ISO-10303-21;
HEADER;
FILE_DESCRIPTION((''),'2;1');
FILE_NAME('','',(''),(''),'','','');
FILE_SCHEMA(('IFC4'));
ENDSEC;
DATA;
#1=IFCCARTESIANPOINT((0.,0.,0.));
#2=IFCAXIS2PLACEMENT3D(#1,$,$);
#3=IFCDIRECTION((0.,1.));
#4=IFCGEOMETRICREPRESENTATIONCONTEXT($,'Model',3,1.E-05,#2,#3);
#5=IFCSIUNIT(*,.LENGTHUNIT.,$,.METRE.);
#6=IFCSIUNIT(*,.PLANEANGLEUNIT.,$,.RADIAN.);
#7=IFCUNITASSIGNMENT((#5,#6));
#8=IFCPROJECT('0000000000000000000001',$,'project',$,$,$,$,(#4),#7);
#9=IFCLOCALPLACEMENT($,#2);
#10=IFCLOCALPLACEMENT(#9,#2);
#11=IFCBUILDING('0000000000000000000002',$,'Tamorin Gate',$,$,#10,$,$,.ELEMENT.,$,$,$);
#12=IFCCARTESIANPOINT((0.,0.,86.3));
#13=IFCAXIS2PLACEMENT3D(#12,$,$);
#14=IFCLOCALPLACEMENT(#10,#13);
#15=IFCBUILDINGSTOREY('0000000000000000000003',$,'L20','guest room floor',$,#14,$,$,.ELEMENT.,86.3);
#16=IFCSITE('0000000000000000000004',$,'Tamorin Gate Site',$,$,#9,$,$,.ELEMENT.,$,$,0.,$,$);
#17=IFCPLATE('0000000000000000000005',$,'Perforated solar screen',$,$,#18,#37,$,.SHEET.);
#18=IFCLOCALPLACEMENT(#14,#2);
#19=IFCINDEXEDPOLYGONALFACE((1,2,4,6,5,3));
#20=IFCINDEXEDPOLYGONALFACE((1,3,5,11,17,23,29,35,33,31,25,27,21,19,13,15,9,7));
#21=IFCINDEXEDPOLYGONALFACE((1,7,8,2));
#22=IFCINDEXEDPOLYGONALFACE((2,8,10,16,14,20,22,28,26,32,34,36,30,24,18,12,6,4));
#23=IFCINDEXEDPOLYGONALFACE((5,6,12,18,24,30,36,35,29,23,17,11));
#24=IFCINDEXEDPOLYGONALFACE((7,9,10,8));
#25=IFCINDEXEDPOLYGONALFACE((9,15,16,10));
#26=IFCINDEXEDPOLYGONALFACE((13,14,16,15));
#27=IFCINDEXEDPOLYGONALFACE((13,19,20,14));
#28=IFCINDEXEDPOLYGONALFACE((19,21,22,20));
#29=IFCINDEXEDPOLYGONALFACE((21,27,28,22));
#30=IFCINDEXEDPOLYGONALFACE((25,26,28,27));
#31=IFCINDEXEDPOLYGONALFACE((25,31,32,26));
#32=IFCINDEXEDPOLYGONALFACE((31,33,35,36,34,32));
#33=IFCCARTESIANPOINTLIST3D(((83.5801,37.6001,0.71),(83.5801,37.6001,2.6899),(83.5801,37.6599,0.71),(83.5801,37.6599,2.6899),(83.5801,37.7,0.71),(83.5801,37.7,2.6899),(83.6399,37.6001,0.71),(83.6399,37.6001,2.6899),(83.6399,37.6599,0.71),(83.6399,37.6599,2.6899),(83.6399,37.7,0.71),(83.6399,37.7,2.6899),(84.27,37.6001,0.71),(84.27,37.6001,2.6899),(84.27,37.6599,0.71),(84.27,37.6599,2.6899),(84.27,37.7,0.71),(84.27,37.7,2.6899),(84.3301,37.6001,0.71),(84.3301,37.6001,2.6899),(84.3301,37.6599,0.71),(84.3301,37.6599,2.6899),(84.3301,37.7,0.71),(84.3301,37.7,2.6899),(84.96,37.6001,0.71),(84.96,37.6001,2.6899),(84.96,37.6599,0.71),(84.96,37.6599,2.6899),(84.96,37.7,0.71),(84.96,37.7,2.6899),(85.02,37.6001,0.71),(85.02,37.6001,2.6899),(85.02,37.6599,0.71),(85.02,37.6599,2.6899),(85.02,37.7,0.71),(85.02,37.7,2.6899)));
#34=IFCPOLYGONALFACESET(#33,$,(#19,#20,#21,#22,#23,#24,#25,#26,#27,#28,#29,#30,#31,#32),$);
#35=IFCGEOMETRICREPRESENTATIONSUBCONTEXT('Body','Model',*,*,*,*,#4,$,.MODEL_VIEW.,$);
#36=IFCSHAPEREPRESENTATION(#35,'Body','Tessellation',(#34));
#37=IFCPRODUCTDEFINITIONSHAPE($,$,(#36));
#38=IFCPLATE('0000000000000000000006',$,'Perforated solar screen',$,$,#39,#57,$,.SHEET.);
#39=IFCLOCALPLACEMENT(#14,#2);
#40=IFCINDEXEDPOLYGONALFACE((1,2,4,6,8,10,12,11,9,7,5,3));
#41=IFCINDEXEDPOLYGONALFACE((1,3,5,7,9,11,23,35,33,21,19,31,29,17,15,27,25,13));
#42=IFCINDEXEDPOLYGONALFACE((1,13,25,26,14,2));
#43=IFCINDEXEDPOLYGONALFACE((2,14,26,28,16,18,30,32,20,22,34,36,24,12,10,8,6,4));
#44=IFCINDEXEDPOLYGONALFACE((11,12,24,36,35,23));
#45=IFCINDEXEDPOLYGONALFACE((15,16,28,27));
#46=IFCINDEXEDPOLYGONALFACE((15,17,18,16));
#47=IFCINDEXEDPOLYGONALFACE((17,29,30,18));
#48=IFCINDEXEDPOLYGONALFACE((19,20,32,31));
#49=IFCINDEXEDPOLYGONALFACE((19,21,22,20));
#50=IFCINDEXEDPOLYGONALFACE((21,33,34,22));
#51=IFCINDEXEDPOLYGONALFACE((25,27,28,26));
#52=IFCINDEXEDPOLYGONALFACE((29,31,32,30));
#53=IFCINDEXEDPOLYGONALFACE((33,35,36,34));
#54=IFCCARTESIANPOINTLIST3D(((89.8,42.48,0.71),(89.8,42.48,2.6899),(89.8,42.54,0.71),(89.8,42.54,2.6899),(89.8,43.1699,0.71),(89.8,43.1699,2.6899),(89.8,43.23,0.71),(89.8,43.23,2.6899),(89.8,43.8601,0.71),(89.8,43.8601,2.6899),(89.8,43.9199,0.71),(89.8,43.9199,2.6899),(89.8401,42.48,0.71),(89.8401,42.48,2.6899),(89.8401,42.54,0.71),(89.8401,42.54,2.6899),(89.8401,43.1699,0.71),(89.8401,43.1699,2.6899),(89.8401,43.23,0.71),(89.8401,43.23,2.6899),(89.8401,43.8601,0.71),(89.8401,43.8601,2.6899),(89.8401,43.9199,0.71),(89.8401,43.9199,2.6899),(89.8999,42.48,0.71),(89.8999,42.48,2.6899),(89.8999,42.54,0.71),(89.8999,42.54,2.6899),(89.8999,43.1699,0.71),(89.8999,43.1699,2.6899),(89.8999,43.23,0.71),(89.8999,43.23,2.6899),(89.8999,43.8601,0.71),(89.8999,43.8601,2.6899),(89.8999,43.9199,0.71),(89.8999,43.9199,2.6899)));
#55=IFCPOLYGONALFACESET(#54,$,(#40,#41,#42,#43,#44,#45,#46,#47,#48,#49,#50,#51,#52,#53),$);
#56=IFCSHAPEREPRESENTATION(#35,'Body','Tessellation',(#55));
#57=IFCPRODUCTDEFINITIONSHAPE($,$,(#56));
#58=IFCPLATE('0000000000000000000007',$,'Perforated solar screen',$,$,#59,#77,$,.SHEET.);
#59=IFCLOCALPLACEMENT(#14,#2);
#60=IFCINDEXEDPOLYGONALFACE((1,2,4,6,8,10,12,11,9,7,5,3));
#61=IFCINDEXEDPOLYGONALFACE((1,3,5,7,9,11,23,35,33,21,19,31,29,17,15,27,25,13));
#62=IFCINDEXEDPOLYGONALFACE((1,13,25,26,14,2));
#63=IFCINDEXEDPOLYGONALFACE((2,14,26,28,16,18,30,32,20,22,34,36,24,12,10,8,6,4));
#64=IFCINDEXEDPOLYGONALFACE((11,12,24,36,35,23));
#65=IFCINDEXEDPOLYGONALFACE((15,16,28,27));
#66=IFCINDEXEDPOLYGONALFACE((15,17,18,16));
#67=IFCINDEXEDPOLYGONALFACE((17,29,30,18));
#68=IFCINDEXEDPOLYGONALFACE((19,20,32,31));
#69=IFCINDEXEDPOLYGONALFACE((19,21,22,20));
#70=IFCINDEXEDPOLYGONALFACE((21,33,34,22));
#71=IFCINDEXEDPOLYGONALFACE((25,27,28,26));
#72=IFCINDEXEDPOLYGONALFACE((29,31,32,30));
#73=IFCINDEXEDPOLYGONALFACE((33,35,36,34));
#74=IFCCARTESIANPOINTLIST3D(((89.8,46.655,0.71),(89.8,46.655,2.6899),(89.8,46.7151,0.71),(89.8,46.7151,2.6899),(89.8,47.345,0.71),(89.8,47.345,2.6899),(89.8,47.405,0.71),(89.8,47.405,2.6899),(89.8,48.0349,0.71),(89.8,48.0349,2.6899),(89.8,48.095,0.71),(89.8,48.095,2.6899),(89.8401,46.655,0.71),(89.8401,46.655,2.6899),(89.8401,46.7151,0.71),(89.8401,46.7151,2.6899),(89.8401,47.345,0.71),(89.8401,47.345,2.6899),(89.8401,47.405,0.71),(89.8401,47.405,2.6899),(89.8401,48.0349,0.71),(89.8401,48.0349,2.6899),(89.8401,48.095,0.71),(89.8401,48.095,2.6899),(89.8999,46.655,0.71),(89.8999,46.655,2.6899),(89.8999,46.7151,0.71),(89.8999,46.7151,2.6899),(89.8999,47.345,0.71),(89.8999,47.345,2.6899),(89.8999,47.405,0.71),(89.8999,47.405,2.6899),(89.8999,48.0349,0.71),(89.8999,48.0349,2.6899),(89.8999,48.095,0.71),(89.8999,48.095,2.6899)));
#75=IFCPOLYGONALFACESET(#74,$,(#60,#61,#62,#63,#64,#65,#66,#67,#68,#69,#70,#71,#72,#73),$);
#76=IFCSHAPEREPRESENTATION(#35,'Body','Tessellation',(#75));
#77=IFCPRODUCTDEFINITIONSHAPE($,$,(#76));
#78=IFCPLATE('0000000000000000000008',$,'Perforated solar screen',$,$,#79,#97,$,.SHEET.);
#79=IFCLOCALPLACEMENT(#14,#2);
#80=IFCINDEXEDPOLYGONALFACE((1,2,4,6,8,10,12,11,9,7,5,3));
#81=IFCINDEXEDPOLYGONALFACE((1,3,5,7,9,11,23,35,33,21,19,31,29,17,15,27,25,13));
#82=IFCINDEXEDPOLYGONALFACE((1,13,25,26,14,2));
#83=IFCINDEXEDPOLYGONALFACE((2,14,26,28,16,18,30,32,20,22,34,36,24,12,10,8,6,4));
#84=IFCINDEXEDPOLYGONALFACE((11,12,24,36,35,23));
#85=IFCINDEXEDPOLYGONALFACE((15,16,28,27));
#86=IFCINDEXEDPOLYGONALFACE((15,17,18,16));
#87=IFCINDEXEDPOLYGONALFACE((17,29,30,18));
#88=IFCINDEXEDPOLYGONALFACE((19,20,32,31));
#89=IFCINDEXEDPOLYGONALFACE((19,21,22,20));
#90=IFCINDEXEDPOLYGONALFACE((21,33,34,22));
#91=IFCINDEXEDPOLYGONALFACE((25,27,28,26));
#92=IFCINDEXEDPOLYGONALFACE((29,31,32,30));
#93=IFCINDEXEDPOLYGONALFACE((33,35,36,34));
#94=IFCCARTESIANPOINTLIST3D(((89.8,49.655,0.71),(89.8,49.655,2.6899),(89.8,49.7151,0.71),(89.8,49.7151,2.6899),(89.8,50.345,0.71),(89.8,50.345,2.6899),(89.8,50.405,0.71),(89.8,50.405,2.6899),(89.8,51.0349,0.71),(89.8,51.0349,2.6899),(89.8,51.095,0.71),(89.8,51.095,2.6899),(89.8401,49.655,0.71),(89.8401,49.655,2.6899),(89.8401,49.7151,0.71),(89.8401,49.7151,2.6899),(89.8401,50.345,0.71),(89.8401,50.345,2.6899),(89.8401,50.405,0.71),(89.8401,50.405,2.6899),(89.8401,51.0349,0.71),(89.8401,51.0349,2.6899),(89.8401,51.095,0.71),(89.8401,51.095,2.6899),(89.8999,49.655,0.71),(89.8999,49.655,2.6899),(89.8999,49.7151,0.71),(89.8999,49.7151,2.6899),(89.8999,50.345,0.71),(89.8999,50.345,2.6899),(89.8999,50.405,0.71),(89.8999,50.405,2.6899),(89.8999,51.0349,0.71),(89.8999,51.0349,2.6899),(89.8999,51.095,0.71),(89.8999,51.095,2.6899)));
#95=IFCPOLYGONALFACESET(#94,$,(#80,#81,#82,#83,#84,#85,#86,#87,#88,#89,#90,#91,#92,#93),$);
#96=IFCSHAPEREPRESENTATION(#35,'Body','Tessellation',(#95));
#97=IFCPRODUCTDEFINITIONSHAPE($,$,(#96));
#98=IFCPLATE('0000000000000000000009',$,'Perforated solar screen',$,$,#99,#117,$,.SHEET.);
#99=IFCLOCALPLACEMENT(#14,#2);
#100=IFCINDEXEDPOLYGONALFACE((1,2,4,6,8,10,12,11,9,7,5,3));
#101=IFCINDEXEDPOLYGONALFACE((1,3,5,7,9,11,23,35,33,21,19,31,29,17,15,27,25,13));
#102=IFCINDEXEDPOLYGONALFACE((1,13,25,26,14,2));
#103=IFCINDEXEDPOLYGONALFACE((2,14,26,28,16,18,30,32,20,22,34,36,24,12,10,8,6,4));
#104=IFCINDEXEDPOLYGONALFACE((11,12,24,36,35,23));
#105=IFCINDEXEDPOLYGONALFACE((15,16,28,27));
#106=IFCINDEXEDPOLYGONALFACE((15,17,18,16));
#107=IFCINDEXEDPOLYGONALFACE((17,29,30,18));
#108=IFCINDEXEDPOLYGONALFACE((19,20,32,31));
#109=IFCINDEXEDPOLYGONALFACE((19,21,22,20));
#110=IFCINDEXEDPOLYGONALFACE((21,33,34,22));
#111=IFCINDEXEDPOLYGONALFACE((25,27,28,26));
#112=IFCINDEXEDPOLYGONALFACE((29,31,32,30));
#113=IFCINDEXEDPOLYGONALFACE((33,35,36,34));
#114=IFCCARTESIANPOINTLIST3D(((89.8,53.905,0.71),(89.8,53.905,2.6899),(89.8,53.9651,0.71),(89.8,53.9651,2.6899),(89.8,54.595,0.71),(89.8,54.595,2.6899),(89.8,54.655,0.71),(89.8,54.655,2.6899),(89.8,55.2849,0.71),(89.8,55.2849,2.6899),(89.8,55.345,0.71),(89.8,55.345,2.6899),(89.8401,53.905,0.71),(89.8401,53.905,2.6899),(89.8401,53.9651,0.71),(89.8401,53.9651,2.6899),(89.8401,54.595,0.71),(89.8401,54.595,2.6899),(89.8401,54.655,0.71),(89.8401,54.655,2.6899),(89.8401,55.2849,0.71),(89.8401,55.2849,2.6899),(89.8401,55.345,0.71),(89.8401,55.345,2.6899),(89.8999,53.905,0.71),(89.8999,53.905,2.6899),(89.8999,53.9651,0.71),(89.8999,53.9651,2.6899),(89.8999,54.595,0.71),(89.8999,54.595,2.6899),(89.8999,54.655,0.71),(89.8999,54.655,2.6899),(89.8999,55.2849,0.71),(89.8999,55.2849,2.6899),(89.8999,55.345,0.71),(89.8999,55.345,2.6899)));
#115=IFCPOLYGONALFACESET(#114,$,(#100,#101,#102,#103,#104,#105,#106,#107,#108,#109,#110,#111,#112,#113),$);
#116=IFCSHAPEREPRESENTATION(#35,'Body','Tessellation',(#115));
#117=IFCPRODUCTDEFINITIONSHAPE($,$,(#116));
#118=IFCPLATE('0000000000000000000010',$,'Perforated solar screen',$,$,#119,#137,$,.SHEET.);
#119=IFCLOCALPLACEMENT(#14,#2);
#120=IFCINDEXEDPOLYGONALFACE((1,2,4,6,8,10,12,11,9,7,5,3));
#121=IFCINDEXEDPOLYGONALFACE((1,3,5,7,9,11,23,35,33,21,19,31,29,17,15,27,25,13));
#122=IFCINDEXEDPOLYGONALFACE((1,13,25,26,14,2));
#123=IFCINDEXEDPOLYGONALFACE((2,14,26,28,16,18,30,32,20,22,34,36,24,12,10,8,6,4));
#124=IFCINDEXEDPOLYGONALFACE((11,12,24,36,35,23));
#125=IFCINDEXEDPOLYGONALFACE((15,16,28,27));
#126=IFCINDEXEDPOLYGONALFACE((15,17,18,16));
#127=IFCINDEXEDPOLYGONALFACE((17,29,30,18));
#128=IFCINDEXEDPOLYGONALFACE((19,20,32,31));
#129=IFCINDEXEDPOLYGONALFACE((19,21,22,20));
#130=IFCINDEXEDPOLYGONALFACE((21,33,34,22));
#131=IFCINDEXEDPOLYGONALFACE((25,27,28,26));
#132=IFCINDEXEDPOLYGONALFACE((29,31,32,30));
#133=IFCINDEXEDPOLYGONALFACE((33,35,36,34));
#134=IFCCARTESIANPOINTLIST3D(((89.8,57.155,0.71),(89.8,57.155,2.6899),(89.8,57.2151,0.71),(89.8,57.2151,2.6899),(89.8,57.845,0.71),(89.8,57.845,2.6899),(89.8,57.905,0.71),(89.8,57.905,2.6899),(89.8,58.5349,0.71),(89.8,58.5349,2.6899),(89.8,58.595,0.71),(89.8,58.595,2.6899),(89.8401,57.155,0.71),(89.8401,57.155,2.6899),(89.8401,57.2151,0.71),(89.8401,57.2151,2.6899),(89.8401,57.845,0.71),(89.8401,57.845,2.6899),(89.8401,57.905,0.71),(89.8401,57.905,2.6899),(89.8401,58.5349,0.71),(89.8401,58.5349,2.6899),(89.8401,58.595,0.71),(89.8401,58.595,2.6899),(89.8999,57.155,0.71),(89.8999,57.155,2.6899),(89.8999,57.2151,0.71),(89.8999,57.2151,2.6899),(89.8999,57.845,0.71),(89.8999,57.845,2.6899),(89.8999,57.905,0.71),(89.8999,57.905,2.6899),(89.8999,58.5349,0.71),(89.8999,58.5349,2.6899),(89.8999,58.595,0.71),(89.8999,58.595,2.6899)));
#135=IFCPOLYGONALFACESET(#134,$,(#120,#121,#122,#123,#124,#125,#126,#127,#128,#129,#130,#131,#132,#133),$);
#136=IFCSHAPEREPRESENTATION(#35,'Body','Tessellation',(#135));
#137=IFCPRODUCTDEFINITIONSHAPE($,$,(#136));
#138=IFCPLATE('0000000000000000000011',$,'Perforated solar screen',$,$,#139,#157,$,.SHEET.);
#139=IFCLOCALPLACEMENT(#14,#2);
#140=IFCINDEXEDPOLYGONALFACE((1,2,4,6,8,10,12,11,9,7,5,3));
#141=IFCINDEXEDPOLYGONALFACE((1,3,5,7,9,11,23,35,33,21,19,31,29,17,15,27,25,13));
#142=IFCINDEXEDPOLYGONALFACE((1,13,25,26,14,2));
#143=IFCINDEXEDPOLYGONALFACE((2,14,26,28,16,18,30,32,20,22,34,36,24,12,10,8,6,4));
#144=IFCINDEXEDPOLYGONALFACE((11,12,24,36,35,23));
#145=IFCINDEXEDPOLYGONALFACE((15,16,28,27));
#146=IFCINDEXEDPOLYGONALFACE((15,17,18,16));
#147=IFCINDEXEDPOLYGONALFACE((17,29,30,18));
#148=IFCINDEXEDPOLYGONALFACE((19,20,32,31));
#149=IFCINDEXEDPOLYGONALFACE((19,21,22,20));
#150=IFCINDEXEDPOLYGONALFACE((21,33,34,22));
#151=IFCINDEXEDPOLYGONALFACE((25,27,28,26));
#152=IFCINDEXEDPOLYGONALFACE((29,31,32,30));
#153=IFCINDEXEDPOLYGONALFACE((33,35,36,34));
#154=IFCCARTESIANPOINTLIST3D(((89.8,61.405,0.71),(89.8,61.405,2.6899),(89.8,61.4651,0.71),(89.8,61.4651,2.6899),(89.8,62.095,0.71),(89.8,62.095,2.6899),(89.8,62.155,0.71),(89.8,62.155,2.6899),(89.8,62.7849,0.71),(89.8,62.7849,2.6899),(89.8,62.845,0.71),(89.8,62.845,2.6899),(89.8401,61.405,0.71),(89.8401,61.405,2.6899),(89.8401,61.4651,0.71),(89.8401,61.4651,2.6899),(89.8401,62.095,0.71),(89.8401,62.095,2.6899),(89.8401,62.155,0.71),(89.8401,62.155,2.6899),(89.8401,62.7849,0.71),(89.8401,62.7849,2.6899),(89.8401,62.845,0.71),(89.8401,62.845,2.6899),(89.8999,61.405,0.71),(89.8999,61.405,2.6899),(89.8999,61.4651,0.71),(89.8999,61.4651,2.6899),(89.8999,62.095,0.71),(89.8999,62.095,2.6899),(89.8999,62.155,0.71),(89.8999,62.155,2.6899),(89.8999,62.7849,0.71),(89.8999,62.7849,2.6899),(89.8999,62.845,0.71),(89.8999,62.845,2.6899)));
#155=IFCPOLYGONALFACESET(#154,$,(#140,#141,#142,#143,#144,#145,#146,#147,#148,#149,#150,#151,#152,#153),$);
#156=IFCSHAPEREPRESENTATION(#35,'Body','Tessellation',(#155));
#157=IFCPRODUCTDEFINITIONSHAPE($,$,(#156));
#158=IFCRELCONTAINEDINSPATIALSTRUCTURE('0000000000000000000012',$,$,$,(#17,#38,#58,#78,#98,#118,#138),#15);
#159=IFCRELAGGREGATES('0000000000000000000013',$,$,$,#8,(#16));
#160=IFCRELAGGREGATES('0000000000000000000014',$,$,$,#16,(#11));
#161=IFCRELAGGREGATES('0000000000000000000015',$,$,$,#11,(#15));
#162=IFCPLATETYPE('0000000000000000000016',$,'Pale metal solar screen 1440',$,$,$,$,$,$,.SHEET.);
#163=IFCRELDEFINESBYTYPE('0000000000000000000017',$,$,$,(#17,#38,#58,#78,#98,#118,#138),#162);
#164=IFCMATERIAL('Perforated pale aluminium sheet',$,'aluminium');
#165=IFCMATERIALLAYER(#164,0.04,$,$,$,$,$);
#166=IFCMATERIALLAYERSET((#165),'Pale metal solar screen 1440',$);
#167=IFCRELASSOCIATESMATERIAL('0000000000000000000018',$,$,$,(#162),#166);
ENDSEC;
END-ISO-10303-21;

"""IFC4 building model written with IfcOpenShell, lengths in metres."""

from ifc_helpers import new_model, si_unit, direction, frame, origin, place, context, subcontext, project, spatial, polyline, outline, extrude, material, layer, layer_set, type_object, element, save


model = new_model("IFC4")

# Units and contexts
model_context = context("Model", 3, precision=1e-05, world=origin(), true_north=direction((0.0, 1.0)))
body_context = subcontext(model_context, "Body", "Model", "MODEL_VIEW")
ifc_project = project(units=[si_unit("LENGTHUNIT", "METRE"), si_unit("PLANEANGLEUNIT", "RADIAN")], contexts=[model_context])

# Site, building, storey
site_placement = place(None, origin())
site = spatial("IfcSite", under=ifc_project, at=site_placement, Name="Tamorin Gate Site", CompositionType="ELEMENT", RefElevation=0.0)
building_placement = place(site_placement, origin())
building = spatial("IfcBuilding", under=site, at=building_placement, Name="Tamorin Gate", CompositionType="ELEMENT")
storey_placement = place(building_placement, frame((0.0, 0.0, 86.3)))
storey = spatial("IfcBuildingStorey", under=building, at=storey_placement, Name="L20", Description="guest room floor", CompositionType="ELEMENT", Elevation=86.3)

# Plates
ifc_material_1 = material(Name="Perforated pale aluminium sheet", Category="aluminium")
ifc_layer_1 = layer(ifc_material_1, 0.04)
ifc_layer_set_1 = layer_set([ifc_layer_1], Name="Pale metal solar screen 1440")
plate_type = type_object("IfcPlateType", Name="Pale metal solar screen 1440", PredefinedType="SHEET", material=ifc_layer_set_1)
plate_1_placement = place(storey_placement, frame((0.0, 0.0, 0.71)))
element("IfcPlate", 1, at=plate_1_placement, inside=storey, type_object=plate_type, Name="Perforated solar screen", PredefinedType="SHEET", context=body_context, shape_type="SweptSolid", body=[
    extrude(outline(polyline([(83.5801, 37.6599), (83.5801, 37.7), (83.6399, 37.7), (84.27, 37.7), (84.3301, 37.7), (84.96, 37.7), (85.02, 37.7), (85.02, 37.6599), (85.02, 37.6001), (84.96, 37.6001), (84.96, 37.6599), (84.3301, 37.6599), (84.3301, 37.6001), (84.27, 37.6001), (84.27, 37.6599), (83.6399, 37.6599), (83.6399, 37.6001), (83.5801, 37.6001), (83.5801, 37.6599)])), origin(), (0.0, 0.0, 1.0), 1.98),
])
plate_2_placement = place(storey_placement, frame((0.0, 0.0, 0.71)))
element("IfcPlate", 2, at=plate_2_placement, inside=storey, type_object=plate_type, Name="Perforated solar screen", PredefinedType="SHEET", context=body_context, shape_type="SweptSolid", body=[
    extrude(outline(polyline([(89.8401, 42.48), (89.8, 42.48), (89.8, 42.54), (89.8, 43.1699), (89.8, 43.23), (89.8, 43.8601), (89.8, 43.9199), (89.8401, 43.9199), (89.8999, 43.9199), (89.8999, 43.8601), (89.8401, 43.8601), (89.8401, 43.23), (89.8999, 43.23), (89.8999, 43.1699), (89.8401, 43.1699), (89.8401, 42.54), (89.8999, 42.54), (89.8999, 42.48), (89.8401, 42.48)])), origin(), (0.0, 0.0, 1.0), 1.98),
])
plate_3_placement = place(storey_placement, frame((0.0, 0.0, 0.71)))
element("IfcPlate", 3, at=plate_3_placement, inside=storey, type_object=plate_type, Name="Perforated solar screen", PredefinedType="SHEET", context=body_context, shape_type="SweptSolid", body=[
    extrude(outline(polyline([(89.8401, 46.655), (89.8, 46.655), (89.8, 46.7151), (89.8, 47.345), (89.8, 47.405), (89.8, 48.0349), (89.8, 48.095), (89.8, 48.095), (89.8401, 48.095), (89.8401, 48.095), (89.8999, 48.095), (89.8999, 48.0349), (89.8401, 48.0349), (89.8401, 47.405), (89.8999, 47.405), (89.8999, 47.345), (89.8401, 47.345), (89.8401, 46.7151), (89.8999, 46.7151), (89.8999, 46.655), (89.8401, 46.655)])), origin(), (0.0, 0.0, 1.0), 1.98),
])
plate_4_placement = place(storey_placement, frame((0.0, 0.0, 0.71)))
element("IfcPlate", 4, at=plate_4_placement, inside=storey, type_object=plate_type, Name="Perforated solar screen", PredefinedType="SHEET", context=body_context, shape_type="SweptSolid", body=[
    extrude(outline(polyline([(89.8401, 49.655), (89.8, 49.655), (89.8, 49.7151), (89.8, 50.345), (89.8, 50.405), (89.8, 51.0349), (89.8, 51.095), (89.8401, 51.095), (89.8999, 51.095), (89.8999, 51.0349), (89.8401, 51.0349), (89.8401, 50.405), (89.8999, 50.405), (89.8999, 50.345), (89.8401, 50.345), (89.8401, 49.7151), (89.8999, 49.7151), (89.8999, 49.655), (89.8401, 49.655)])), origin(), (0.0, 0.0, 1.0), 1.98),
])
plate_5_placement = place(storey_placement, frame((0.0, 0.0, 0.71)))
element("IfcPlate", 5, at=plate_5_placement, inside=storey, type_object=plate_type, Name="Perforated solar screen", PredefinedType="SHEET", context=body_context, shape_type="SweptSolid", body=[
    extrude(outline(polyline([(89.8401, 53.905), (89.8, 53.905), (89.8, 53.9651), (89.8, 54.595), (89.8, 54.655), (89.8, 55.2849), (89.8, 55.345), (89.8401, 55.345), (89.8999, 55.345), (89.8999, 55.2849), (89.8401, 55.2849), (89.8401, 54.655), (89.8999, 54.655), (89.8999, 54.595), (89.8401, 54.595), (89.8401, 53.9651), (89.8999, 53.9651), (89.8999, 53.905), (89.8401, 53.905)])), origin(), (0.0, 0.0, 1.0), 1.98),
])
plate_6_placement = place(storey_placement, frame((0.0, 0.0, 0.71)))
element("IfcPlate", 6, at=plate_6_placement, inside=storey, type_object=plate_type, Name="Perforated solar screen", PredefinedType="SHEET", context=body_context, shape_type="SweptSolid", body=[
    extrude(outline(polyline([(89.8401, 57.155), (89.8, 57.155), (89.8, 57.2151), (89.8, 57.845), (89.8, 57.905), (89.8, 58.5349), (89.8, 58.595), (89.8401, 58.595), (89.8999, 58.595), (89.8999, 58.5349), (89.8401, 58.5349), (89.8401, 57.905), (89.8999, 57.905), (89.8999, 57.845), (89.8401, 57.845), (89.8401, 57.2151), (89.8999, 57.2151), (89.8999, 57.155), (89.8401, 57.155)])), origin(), (0.0, 0.0, 1.0), 1.98),
])
plate_7_placement = place(storey_placement, frame((0.0, 0.0, 0.71)))
element("IfcPlate", 7, at=plate_7_placement, inside=storey, type_object=plate_type, Name="Perforated solar screen", PredefinedType="SHEET", context=body_context, shape_type="SweptSolid", body=[
    extrude(outline(polyline([(89.8401, 61.405), (89.8, 61.405), (89.8, 61.4651), (89.8, 62.095), (89.8, 62.155), (89.8, 62.7849), (89.8, 62.845), (89.8401, 62.845), (89.8999, 62.845), (89.8999, 62.7849), (89.8401, 62.7849), (89.8401, 62.155), (89.8999, 62.155), (89.8999, 62.095), (89.8401, 62.095), (89.8401, 61.4651), (89.8999, 61.4651), (89.8999, 61.405), (89.8401, 61.405)])), origin(), (0.0, 0.0, 1.0), 1.98),
])

save(model, "model.ifc")
